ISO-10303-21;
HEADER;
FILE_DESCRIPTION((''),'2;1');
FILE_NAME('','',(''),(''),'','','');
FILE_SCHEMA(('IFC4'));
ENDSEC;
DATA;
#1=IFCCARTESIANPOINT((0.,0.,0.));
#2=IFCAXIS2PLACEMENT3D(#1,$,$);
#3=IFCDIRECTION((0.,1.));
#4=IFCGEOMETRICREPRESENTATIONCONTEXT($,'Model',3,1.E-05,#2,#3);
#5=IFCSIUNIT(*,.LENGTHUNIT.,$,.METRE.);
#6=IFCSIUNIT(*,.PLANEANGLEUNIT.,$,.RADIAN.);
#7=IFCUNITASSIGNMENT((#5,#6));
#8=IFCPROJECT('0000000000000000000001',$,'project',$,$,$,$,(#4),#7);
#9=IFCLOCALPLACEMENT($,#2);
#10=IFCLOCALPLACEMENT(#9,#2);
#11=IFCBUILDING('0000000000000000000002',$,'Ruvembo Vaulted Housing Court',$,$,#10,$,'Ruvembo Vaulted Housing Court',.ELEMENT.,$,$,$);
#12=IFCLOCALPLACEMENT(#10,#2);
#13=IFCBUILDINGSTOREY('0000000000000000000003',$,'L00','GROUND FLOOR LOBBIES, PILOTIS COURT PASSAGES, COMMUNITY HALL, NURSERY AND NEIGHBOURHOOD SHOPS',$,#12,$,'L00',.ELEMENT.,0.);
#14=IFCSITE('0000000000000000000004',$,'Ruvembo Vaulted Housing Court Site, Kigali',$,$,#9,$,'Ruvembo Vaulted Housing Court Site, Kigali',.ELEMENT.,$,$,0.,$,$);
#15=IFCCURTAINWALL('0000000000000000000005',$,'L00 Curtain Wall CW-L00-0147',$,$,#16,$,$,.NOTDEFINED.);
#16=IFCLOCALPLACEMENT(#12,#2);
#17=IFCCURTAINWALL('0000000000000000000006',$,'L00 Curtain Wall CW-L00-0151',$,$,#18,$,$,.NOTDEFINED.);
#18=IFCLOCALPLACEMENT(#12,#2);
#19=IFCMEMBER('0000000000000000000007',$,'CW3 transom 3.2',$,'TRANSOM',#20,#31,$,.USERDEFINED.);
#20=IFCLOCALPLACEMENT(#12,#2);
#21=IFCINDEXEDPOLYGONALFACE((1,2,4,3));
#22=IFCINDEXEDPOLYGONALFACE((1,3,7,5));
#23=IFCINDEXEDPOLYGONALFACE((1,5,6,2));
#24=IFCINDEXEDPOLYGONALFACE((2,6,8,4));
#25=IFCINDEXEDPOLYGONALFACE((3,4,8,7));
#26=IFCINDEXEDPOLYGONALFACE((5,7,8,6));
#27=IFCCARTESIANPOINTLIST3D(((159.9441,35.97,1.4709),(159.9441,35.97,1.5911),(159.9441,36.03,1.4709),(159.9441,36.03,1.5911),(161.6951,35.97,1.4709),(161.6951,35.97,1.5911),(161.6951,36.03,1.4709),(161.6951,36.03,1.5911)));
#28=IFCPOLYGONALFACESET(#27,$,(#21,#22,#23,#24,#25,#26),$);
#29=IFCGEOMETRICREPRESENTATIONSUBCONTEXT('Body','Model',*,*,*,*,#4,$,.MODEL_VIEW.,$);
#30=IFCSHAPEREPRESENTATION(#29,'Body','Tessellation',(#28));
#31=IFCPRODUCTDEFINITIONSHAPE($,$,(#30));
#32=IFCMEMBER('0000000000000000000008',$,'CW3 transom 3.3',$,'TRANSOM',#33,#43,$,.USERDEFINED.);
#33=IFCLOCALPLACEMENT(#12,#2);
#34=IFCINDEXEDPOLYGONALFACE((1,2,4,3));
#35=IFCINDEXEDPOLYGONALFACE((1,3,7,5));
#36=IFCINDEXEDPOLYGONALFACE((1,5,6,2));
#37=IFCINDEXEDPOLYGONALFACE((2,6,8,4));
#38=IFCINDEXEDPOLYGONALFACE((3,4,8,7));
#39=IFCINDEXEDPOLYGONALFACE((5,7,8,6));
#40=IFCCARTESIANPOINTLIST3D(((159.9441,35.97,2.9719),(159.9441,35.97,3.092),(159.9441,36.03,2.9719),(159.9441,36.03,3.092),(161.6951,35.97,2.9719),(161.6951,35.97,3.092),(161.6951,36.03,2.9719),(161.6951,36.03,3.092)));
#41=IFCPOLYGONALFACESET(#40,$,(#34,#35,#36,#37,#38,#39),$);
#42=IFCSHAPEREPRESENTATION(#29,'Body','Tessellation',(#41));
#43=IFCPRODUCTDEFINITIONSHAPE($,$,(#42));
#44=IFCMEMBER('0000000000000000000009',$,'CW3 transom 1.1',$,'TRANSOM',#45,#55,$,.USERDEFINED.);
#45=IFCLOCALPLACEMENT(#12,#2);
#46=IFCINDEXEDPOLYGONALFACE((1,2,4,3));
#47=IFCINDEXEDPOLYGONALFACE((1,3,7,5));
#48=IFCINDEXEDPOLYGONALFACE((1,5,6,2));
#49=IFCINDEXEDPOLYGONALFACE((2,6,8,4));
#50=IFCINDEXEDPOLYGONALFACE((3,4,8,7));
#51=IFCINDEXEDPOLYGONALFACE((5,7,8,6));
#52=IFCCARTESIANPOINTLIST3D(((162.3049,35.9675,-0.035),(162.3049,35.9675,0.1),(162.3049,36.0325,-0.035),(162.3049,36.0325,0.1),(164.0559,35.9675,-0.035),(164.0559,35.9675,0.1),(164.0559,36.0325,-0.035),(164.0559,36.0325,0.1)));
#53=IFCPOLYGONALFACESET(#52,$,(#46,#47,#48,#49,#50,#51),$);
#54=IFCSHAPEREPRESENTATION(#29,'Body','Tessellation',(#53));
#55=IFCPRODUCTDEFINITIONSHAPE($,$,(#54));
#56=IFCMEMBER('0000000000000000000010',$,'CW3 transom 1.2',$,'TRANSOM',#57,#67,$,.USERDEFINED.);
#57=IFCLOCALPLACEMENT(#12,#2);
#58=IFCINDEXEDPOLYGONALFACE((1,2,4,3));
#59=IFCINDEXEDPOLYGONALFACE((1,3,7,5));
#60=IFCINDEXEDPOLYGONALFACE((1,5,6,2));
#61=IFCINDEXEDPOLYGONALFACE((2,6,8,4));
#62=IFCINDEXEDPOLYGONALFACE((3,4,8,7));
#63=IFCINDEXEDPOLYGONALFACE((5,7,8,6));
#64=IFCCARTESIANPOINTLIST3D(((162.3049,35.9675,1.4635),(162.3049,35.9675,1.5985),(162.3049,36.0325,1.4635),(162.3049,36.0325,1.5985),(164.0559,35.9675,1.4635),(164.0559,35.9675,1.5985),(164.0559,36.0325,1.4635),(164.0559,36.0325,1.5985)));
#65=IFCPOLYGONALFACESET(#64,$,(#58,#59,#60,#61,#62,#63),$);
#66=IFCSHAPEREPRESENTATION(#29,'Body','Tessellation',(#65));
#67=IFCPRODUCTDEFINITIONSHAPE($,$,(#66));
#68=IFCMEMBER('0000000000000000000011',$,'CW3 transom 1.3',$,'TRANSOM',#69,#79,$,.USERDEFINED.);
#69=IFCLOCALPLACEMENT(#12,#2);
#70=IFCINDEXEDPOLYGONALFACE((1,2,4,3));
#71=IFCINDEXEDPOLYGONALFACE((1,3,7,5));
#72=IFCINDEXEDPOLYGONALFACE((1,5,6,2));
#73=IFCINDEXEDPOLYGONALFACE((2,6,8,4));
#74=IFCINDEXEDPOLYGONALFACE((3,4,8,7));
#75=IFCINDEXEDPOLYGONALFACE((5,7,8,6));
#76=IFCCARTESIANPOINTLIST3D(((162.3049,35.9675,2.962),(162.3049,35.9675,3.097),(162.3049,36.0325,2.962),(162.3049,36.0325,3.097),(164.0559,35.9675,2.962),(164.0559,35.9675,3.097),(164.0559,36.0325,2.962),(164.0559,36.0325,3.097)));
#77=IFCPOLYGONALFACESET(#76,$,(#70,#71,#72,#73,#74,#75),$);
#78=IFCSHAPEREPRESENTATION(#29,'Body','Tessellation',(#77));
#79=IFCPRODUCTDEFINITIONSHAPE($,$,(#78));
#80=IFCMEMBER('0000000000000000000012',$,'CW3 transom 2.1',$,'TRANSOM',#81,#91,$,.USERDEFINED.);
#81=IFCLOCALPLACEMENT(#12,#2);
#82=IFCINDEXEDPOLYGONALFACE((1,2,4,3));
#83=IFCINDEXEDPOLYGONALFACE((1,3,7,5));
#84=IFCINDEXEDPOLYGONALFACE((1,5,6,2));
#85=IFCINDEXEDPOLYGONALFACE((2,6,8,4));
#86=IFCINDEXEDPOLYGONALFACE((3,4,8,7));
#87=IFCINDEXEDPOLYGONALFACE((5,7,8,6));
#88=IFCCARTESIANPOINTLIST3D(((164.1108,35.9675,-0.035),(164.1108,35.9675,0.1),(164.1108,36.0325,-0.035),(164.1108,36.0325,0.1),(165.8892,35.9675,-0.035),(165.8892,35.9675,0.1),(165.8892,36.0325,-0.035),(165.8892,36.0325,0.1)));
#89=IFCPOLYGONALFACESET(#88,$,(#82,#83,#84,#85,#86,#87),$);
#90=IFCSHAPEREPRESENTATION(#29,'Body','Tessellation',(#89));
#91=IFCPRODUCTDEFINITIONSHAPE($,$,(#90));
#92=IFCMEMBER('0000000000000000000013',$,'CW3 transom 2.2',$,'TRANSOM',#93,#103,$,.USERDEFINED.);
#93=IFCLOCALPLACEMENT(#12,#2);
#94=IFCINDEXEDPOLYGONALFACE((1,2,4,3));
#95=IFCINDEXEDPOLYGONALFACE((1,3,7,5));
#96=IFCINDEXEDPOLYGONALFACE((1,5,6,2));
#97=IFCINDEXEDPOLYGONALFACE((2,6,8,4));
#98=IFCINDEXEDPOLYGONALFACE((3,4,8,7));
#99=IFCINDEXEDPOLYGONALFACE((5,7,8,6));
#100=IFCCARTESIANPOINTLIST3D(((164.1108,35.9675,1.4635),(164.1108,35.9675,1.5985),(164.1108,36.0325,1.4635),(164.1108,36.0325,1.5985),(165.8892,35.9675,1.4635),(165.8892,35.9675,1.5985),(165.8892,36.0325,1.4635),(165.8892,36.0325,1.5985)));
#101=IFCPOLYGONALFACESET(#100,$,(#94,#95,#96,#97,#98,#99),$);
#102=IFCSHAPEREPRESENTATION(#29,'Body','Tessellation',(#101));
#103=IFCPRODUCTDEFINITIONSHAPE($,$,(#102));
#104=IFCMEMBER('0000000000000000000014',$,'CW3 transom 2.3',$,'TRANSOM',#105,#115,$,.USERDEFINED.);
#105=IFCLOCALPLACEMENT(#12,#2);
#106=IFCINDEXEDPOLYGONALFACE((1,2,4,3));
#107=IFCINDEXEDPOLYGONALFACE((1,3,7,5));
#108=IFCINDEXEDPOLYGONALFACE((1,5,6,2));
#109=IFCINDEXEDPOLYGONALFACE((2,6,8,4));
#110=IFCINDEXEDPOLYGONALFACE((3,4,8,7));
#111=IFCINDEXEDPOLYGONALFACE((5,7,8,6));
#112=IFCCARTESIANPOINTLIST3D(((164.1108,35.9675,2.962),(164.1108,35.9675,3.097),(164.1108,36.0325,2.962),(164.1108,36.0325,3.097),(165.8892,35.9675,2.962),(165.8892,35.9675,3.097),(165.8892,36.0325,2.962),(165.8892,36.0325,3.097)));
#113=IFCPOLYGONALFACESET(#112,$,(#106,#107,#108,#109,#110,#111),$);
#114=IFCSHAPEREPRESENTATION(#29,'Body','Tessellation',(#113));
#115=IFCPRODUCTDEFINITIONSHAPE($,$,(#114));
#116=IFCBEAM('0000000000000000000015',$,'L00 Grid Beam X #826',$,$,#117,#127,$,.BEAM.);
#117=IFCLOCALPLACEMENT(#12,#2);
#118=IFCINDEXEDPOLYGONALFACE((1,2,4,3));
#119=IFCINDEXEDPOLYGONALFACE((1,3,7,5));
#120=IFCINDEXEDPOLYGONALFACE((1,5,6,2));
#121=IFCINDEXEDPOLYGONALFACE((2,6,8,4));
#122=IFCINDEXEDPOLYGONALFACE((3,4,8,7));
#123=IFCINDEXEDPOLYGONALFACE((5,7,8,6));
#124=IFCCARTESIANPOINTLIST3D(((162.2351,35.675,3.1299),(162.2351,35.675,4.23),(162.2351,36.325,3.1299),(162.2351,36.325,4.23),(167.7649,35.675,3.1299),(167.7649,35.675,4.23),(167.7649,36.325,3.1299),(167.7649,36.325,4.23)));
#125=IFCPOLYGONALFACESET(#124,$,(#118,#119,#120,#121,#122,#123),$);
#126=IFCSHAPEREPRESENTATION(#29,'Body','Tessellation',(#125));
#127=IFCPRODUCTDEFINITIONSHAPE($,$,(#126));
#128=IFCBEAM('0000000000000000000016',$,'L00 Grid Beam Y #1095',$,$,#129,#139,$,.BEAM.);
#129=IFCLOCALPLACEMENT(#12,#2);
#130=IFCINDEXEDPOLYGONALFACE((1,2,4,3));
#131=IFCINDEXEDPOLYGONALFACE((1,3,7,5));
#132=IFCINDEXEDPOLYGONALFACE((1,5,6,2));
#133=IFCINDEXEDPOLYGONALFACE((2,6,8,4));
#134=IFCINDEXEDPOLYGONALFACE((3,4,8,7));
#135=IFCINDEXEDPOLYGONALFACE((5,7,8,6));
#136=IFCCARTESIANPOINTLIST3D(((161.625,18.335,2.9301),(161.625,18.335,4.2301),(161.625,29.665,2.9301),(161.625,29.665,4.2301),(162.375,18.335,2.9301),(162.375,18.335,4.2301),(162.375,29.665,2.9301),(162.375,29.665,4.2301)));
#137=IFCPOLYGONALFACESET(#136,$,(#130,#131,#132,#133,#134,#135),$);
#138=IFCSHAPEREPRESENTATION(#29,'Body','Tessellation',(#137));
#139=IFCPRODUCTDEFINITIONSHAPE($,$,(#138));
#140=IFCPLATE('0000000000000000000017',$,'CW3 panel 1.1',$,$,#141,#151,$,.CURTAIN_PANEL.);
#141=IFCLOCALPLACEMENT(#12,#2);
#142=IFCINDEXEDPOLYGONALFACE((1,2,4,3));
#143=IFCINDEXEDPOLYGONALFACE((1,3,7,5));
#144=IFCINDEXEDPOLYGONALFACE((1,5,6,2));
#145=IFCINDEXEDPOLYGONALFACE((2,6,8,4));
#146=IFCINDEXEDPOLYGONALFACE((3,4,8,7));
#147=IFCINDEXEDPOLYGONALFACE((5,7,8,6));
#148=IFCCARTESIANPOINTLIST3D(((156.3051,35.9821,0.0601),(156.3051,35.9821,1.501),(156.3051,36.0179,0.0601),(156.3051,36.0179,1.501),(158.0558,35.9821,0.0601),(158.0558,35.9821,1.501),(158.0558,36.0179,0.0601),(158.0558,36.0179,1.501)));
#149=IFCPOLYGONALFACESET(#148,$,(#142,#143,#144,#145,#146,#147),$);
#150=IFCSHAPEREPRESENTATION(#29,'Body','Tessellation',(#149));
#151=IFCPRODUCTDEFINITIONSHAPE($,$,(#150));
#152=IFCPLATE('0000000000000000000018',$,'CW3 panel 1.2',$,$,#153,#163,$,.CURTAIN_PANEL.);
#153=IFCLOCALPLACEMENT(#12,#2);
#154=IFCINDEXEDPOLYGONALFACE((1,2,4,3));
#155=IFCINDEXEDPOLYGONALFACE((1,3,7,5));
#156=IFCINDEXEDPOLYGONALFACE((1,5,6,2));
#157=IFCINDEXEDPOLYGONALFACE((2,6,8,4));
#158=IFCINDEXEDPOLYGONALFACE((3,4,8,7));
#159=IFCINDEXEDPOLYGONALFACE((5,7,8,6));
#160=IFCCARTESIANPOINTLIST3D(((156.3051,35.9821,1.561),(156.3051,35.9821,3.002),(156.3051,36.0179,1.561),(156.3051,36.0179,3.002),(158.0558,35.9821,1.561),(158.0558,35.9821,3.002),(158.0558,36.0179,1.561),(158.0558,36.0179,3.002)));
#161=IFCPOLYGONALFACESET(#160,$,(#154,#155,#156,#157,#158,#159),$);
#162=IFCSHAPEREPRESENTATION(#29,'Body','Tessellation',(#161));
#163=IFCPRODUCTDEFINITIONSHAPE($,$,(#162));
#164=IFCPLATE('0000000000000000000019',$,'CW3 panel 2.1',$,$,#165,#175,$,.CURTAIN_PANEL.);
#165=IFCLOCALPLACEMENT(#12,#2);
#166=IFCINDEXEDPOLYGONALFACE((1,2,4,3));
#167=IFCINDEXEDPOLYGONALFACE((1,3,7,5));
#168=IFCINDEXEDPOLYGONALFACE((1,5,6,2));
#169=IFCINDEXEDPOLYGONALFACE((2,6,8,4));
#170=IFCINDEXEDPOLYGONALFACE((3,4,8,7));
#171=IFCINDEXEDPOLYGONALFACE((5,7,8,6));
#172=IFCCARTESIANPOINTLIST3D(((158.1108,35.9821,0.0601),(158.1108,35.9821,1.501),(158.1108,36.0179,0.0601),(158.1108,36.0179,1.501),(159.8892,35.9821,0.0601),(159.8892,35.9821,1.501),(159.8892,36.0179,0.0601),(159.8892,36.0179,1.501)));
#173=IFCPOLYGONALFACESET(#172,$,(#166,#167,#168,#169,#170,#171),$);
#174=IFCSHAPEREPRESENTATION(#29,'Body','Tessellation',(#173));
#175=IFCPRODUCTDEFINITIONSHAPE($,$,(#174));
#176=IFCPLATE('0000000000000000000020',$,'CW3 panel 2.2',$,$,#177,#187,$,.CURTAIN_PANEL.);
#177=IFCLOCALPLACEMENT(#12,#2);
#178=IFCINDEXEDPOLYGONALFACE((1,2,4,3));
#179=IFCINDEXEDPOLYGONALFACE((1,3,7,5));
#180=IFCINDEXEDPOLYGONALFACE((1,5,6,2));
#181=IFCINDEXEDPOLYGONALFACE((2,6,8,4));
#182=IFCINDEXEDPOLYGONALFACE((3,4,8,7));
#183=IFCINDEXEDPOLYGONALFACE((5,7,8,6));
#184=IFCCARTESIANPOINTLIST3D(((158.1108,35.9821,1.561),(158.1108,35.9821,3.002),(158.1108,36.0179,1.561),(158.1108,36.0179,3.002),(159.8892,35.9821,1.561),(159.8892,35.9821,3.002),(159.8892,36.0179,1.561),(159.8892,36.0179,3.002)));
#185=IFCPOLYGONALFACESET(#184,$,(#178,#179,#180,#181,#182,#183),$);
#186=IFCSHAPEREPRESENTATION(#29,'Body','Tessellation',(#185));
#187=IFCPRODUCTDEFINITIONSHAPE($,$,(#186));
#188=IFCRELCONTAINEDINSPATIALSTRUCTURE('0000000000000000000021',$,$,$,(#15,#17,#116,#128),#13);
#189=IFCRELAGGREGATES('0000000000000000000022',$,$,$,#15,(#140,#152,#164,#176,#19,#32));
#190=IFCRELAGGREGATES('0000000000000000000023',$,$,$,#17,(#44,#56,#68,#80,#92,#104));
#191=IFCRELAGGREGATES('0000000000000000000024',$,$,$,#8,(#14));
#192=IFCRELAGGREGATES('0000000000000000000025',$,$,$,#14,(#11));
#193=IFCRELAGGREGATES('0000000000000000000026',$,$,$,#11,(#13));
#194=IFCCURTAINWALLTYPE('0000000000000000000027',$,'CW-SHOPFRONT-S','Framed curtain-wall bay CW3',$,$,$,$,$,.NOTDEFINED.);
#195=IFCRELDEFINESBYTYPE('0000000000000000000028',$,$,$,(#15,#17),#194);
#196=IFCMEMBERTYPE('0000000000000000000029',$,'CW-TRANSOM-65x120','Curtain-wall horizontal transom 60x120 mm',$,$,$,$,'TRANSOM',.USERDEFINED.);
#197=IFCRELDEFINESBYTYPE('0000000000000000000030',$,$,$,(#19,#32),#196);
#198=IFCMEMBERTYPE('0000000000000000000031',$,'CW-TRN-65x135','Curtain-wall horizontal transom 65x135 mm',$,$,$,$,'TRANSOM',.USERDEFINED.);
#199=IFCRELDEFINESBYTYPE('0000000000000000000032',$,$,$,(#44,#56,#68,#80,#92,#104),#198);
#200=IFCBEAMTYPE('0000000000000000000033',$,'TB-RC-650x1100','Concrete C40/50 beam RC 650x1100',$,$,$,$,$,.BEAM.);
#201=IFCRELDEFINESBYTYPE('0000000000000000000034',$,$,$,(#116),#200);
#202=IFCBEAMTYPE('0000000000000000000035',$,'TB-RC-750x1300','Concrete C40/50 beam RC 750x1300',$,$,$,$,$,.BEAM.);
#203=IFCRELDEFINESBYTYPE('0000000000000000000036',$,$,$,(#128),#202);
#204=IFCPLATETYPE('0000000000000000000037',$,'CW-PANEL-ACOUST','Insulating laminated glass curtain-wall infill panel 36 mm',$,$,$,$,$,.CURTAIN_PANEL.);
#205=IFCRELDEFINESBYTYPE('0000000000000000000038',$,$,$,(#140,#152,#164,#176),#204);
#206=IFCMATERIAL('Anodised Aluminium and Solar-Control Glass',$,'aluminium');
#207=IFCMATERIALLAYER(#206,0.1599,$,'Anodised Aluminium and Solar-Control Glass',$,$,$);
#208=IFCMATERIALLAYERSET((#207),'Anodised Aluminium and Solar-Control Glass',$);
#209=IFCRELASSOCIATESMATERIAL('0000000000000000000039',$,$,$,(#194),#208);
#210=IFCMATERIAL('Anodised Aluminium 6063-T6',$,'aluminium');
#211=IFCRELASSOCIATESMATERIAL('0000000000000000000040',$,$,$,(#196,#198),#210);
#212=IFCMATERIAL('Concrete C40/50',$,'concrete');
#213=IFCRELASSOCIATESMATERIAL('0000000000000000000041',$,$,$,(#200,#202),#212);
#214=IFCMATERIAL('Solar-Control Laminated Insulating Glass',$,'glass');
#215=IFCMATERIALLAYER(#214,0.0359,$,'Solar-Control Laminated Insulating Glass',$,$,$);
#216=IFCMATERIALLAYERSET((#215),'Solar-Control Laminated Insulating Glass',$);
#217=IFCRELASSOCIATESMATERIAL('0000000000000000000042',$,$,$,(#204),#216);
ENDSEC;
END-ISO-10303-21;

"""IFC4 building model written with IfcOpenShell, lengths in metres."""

from ifc_helpers import new_model, si_unit, direction, frame, origin, origin_2d, place, context, subcontext, project, spatial, rectangle, extrude, material, layer, layer_set, material_profile, profile_set, type_object, element, aggregate, save


model = new_model("IFC4")

# Units and contexts
model_context = context("Model", 3, precision=1e-05, world=origin(), true_north=direction((0.0, 1.0)))
body_context = subcontext(model_context, "Body", "Model", "MODEL_VIEW")
ifc_project = project(units=[si_unit("LENGTHUNIT", "METRE"), si_unit("PLANEANGLEUNIT", "RADIAN")], contexts=[model_context])

# Site, building, storey
site_placement = place(None, origin())
site = spatial("IfcSite", under=ifc_project, at=site_placement, Name="Ruvembo Vaulted Housing Court Site, Kigali", LongName="Ruvembo Vaulted Housing Court Site, Kigali", CompositionType="ELEMENT", RefElevation=0.0)
building_placement = place(site_placement, origin())
building = spatial("IfcBuilding", under=site, at=building_placement, Name="Ruvembo Vaulted Housing Court", LongName="Ruvembo Vaulted Housing Court", CompositionType="ELEMENT")
storey_placement = place(building_placement, origin())
storey = spatial("IfcBuildingStorey", under=building, at=storey_placement, Name="L00", Description="GROUND FLOOR LOBBIES, PILOTIS COURT PASSAGES, COMMUNITY HALL, NURSERY AND NEIGHBOURHOOD SHOPS", LongName="L00", CompositionType="ELEMENT", Elevation=0.0)

# Curtain walls
ifc_material_1 = material(Name="Anodised Aluminium and Solar-Control Glass", Category="aluminium")
ifc_layer_1 = layer(ifc_material_1, 0.1599, Name="Anodised Aluminium and Solar-Control Glass")
ifc_layer_set_1 = layer_set([ifc_layer_1], Name="Anodised Aluminium and Solar-Control Glass")
curtain_wall_type = type_object("IfcCurtainWallType", Name="CW-SHOPFRONT-S", Description="Framed curtain-wall bay CW3", PredefinedType="NOTDEFINED", material=ifc_layer_set_1)
curtain_wall_1_placement = place(storey_placement, origin())
curtain_wall_1 = element("IfcCurtainWall", 1, at=curtain_wall_1_placement, inside=storey, type_object=curtain_wall_type, Name="L00 Curtain Wall CW-L00-0147", PredefinedType="NOTDEFINED")
ifc_material_2 = material(Name="Anodised Aluminium 6063-T6", Category="aluminium")
curtain_wall_2_placement = place(storey_placement, origin())
curtain_wall_2 = element("IfcCurtainWall", 2, at=curtain_wall_2_placement, inside=storey, type_object=curtain_wall_type, Name="L00 Curtain Wall CW-L00-0151", PredefinedType="NOTDEFINED")

# Members
ifc_material_profile_1 = material_profile(ifc_material_2, rectangle(XDim=0.0601, YDim=0.1201, at=origin_2d()), Name="ALU 60x120")
ifc_profile_set_1 = profile_set([ifc_material_profile_1], Name="Anodised Aluminium 6063-T6")
member_type_1 = type_object("IfcMemberType", Name="CW-TRANSOM-65x120", Description="Curtain-wall horizontal transom 60x120 mm", ElementType="TRANSOM", PredefinedType="USERDEFINED", material=ifc_profile_set_1)
member_1_placement = place(storey_placement, frame((159.9441, 36.0, 1.531), z_axis=(1.0, 0.0, 0.0), x_axis=(0.0, 1.0, 0.0)))
member_1 = element("IfcMember", 3, at=member_1_placement, type_object=member_type_1, Name="CW3 transom 3.2", ObjectType="TRANSOM", PredefinedType="USERDEFINED", context=body_context, shape_type="SweptSolid", body=[
    extrude(rectangle(XDim=0.0601, YDim=0.1201, at=origin_2d()), origin(), (0.0, 0.0, 1.0), 1.751),
])
member_2_placement = place(storey_placement, frame((159.9441, 36.0, 3.032), z_axis=(1.0, 0.0, 0.0), x_axis=(0.0, 1.0, 0.0)))
member_2 = element("IfcMember", 4, at=member_2_placement, type_object=member_type_1, Name="CW3 transom 3.3", ObjectType="TRANSOM", PredefinedType="USERDEFINED", context=body_context, shape_type="SweptSolid", body=[
    extrude(rectangle(XDim=0.0601, YDim=0.1201, at=origin_2d()), origin(), (0.0, 0.0, 1.0), 1.751),
])
ifc_material_profile_2 = material_profile(ifc_material_2, rectangle(XDim=0.0649, YDim=0.135, at=origin_2d()), Name="ALU 65x135")
ifc_profile_set_2 = profile_set([ifc_material_profile_2], Name="Anodised Aluminium 6063-T6")
member_type_2 = type_object("IfcMemberType", Name="CW-TRN-65x135", Description="Curtain-wall horizontal transom 65x135 mm", ElementType="TRANSOM", PredefinedType="USERDEFINED", material=ifc_profile_set_2)
member_3_placement = place(storey_placement, frame((162.3049, 36.0, 0.0325), z_axis=(1.0, 0.0, 0.0), x_axis=(0.0, 1.0, 0.0)))
member_3 = element("IfcMember", 5, at=member_3_placement, type_object=member_type_2, Name="CW3 transom 1.1", ObjectType="TRANSOM", PredefinedType="USERDEFINED", context=body_context, shape_type="SweptSolid", body=[
    extrude(rectangle(XDim=0.0649, YDim=0.135, at=origin_2d()), origin(), (0.0, 0.0, 1.0), 1.751),
])
member_4_placement = place(storey_placement, frame((162.3049, 36.0, 1.531), z_axis=(1.0, 0.0, 0.0), x_axis=(0.0, 1.0, 0.0)))
member_4 = element("IfcMember", 6, at=member_4_placement, type_object=member_type_2, Name="CW3 transom 1.2", ObjectType="TRANSOM", PredefinedType="USERDEFINED", context=body_context, shape_type="SweptSolid", body=[
    extrude(rectangle(XDim=0.0649, YDim=0.135, at=origin_2d()), origin(), (0.0, 0.0, 1.0), 1.751),
])
member_5_placement = place(storey_placement, frame((162.3049, 36.0, 3.0295), z_axis=(1.0, 0.0, 0.0), x_axis=(0.0, 1.0, 0.0)))
member_5 = element("IfcMember", 7, at=member_5_placement, type_object=member_type_2, Name="CW3 transom 1.3", ObjectType="TRANSOM", PredefinedType="USERDEFINED", context=body_context, shape_type="SweptSolid", body=[
    extrude(rectangle(XDim=0.0649, YDim=0.135, at=origin_2d()), origin(), (0.0, 0.0, 1.0), 1.751),
])
member_6_placement = place(storey_placement, frame((164.1108, 36.0, 0.0325), z_axis=(1.0, 0.0, 0.0), x_axis=(0.0, 1.0, 0.0)))
member_6 = element("IfcMember", 8, at=member_6_placement, type_object=member_type_2, Name="CW3 transom 2.1", ObjectType="TRANSOM", PredefinedType="USERDEFINED", context=body_context, shape_type="SweptSolid", body=[
    extrude(rectangle(XDim=0.0649, YDim=0.135, at=origin_2d()), origin(), (0.0, 0.0, 1.0), 1.7783),
])
member_7_placement = place(storey_placement, frame((164.1108, 36.0, 1.531), z_axis=(1.0, 0.0, 0.0), x_axis=(0.0, 1.0, 0.0)))
member_7 = element("IfcMember", 9, at=member_7_placement, type_object=member_type_2, Name="CW3 transom 2.2", ObjectType="TRANSOM", PredefinedType="USERDEFINED", context=body_context, shape_type="SweptSolid", body=[
    extrude(rectangle(XDim=0.0649, YDim=0.135, at=origin_2d()), origin(), (0.0, 0.0, 1.0), 1.7783),
])
member_8_placement = place(storey_placement, frame((164.1108, 36.0, 3.0295), z_axis=(1.0, 0.0, 0.0), x_axis=(0.0, 1.0, 0.0)))
member_8 = element("IfcMember", 10, at=member_8_placement, type_object=member_type_2, Name="CW3 transom 2.3", ObjectType="TRANSOM", PredefinedType="USERDEFINED", context=body_context, shape_type="SweptSolid", body=[
    extrude(rectangle(XDim=0.0649, YDim=0.135, at=origin_2d()), origin(), (0.0, 0.0, 1.0), 1.7783),
])

# Beams
ifc_material_3 = material(Name="Concrete C40/50", Category="concrete")
ifc_material_profile_3 = material_profile(ifc_material_3, rectangle(XDim=0.6499, YDim=1.1001, at=origin_2d()), Name="RC 650x1100")
ifc_profile_set_3 = profile_set([ifc_material_profile_3], Name="Concrete C40/50")
beam_type_1 = type_object("IfcBeamType", Name="TB-RC-650x1100", Description="Concrete C40/50 beam RC 650x1100", PredefinedType="BEAM", material=ifc_profile_set_3)
beam_1_placement = place(storey_placement, frame((162.2351, 36.0, 3.6799), z_axis=(1.0, 0.0, 0.0), x_axis=(0.0, 1.0, 0.0)))
element("IfcBeam", 11, at=beam_1_placement, inside=storey, type_object=beam_type_1, Name="L00 Grid Beam X #826", PredefinedType="BEAM", context=body_context, shape_type="SweptSolid", body=[
    extrude(rectangle(XDim=0.6499, YDim=1.1001, at=origin_2d()), origin(), (0.0, 0.0, 1.0), 5.5298),
])
ifc_material_profile_4 = material_profile(ifc_material_3, rectangle(XDim=0.75, YDim=1.3, at=origin_2d()), Name="RC 750x1300")
ifc_profile_set_4 = profile_set([ifc_material_profile_4], Name="Concrete C40/50")
beam_type_2 = type_object("IfcBeamType", Name="TB-RC-750x1300", Description="Concrete C40/50 beam RC 750x1300", PredefinedType="BEAM", material=ifc_profile_set_4)
beam_2_placement = place(storey_placement, frame((162.0, 18.335, 3.5801), z_axis=(0.0, 1.0, 0.0), x_axis=(-1.0, 0.0, 0.0)))
element("IfcBeam", 12, at=beam_2_placement, inside=storey, type_object=beam_type_2, Name="L00 Grid Beam Y #1095", PredefinedType="BEAM", context=body_context, shape_type="SweptSolid", body=[
    extrude(rectangle(XDim=0.75, YDim=1.3, at=origin_2d()), origin(), (0.0, 0.0, 1.0), 11.3301),
])

# Plates
ifc_material_4 = material(Name="Solar-Control Laminated Insulating Glass", Category="glass")
ifc_layer_2 = layer(ifc_material_4, 0.0359, Name="Solar-Control Laminated Insulating Glass")
ifc_layer_set_2 = layer_set([ifc_layer_2], Name="Solar-Control Laminated Insulating Glass")
plate_type_1 = type_object("IfcPlateType", Name="CW-PANEL-ACOUST", Description="Insulating laminated glass curtain-wall infill panel 36 mm", PredefinedType="CURTAIN_PANEL", material=ifc_layer_set_2)
plate_1_placement = place(storey_placement, frame((157.1804, 36.0, 0.0601), z_axis=(0.0, 0.0, 1.0), x_axis=(1.0, 0.0, 0.0)))
plate_1 = element("IfcPlate", 13, at=plate_1_placement, type_object=plate_type_1, Name="CW3 panel 1.1", PredefinedType="CURTAIN_PANEL", context=body_context, shape_type="SweptSolid", body=[
    extrude(rectangle(XDim=1.7507, YDim=0.0359, at=origin_2d()), origin(), (0.0, 0.0, 1.0), 1.4409),
])
plate_2_placement = place(storey_placement, frame((157.1804, 36.0, 1.561), z_axis=(0.0, 0.0, 1.0), x_axis=(1.0, 0.0, 0.0)))
plate_2 = element("IfcPlate", 14, at=plate_2_placement, type_object=plate_type_1, Name="CW3 panel 1.2", PredefinedType="CURTAIN_PANEL", context=body_context, shape_type="SweptSolid", body=[
    extrude(rectangle(XDim=1.7507, YDim=0.0359, at=origin_2d()), origin(), (0.0, 0.0, 1.0), 1.4409),
])
plate_3_placement = place(storey_placement, frame((159.0, 36.0, 0.0601), z_axis=(0.0, 0.0, 1.0), x_axis=(1.0, 0.0, 0.0)))
plate_3 = element("IfcPlate", 15, at=plate_3_placement, type_object=plate_type_1, Name="CW3 panel 2.1", PredefinedType="CURTAIN_PANEL", context=body_context, shape_type="SweptSolid", body=[
    extrude(rectangle(XDim=1.7783, YDim=0.0359, at=origin_2d()), origin(), (0.0, 0.0, 1.0), 1.4409),
])
plate_4_placement = place(storey_placement, frame((159.0, 36.0, 1.561), z_axis=(0.0, 0.0, 1.0), x_axis=(1.0, 0.0, 0.0)))
plate_4 = element("IfcPlate", 16, at=plate_4_placement, type_object=plate_type_1, Name="CW3 panel 2.2", PredefinedType="CURTAIN_PANEL", context=body_context, shape_type="SweptSolid", body=[
    extrude(rectangle(XDim=1.7783, YDim=0.0359, at=origin_2d()), origin(), (0.0, 0.0, 1.0), 1.4409),
])
aggregate(curtain_wall_1, [plate_1, plate_2, plate_3, plate_4, member_1, member_2])
aggregate(curtain_wall_2, [member_3, member_4, member_5, member_6, member_7, member_8])

save(model, "model.ifc")
